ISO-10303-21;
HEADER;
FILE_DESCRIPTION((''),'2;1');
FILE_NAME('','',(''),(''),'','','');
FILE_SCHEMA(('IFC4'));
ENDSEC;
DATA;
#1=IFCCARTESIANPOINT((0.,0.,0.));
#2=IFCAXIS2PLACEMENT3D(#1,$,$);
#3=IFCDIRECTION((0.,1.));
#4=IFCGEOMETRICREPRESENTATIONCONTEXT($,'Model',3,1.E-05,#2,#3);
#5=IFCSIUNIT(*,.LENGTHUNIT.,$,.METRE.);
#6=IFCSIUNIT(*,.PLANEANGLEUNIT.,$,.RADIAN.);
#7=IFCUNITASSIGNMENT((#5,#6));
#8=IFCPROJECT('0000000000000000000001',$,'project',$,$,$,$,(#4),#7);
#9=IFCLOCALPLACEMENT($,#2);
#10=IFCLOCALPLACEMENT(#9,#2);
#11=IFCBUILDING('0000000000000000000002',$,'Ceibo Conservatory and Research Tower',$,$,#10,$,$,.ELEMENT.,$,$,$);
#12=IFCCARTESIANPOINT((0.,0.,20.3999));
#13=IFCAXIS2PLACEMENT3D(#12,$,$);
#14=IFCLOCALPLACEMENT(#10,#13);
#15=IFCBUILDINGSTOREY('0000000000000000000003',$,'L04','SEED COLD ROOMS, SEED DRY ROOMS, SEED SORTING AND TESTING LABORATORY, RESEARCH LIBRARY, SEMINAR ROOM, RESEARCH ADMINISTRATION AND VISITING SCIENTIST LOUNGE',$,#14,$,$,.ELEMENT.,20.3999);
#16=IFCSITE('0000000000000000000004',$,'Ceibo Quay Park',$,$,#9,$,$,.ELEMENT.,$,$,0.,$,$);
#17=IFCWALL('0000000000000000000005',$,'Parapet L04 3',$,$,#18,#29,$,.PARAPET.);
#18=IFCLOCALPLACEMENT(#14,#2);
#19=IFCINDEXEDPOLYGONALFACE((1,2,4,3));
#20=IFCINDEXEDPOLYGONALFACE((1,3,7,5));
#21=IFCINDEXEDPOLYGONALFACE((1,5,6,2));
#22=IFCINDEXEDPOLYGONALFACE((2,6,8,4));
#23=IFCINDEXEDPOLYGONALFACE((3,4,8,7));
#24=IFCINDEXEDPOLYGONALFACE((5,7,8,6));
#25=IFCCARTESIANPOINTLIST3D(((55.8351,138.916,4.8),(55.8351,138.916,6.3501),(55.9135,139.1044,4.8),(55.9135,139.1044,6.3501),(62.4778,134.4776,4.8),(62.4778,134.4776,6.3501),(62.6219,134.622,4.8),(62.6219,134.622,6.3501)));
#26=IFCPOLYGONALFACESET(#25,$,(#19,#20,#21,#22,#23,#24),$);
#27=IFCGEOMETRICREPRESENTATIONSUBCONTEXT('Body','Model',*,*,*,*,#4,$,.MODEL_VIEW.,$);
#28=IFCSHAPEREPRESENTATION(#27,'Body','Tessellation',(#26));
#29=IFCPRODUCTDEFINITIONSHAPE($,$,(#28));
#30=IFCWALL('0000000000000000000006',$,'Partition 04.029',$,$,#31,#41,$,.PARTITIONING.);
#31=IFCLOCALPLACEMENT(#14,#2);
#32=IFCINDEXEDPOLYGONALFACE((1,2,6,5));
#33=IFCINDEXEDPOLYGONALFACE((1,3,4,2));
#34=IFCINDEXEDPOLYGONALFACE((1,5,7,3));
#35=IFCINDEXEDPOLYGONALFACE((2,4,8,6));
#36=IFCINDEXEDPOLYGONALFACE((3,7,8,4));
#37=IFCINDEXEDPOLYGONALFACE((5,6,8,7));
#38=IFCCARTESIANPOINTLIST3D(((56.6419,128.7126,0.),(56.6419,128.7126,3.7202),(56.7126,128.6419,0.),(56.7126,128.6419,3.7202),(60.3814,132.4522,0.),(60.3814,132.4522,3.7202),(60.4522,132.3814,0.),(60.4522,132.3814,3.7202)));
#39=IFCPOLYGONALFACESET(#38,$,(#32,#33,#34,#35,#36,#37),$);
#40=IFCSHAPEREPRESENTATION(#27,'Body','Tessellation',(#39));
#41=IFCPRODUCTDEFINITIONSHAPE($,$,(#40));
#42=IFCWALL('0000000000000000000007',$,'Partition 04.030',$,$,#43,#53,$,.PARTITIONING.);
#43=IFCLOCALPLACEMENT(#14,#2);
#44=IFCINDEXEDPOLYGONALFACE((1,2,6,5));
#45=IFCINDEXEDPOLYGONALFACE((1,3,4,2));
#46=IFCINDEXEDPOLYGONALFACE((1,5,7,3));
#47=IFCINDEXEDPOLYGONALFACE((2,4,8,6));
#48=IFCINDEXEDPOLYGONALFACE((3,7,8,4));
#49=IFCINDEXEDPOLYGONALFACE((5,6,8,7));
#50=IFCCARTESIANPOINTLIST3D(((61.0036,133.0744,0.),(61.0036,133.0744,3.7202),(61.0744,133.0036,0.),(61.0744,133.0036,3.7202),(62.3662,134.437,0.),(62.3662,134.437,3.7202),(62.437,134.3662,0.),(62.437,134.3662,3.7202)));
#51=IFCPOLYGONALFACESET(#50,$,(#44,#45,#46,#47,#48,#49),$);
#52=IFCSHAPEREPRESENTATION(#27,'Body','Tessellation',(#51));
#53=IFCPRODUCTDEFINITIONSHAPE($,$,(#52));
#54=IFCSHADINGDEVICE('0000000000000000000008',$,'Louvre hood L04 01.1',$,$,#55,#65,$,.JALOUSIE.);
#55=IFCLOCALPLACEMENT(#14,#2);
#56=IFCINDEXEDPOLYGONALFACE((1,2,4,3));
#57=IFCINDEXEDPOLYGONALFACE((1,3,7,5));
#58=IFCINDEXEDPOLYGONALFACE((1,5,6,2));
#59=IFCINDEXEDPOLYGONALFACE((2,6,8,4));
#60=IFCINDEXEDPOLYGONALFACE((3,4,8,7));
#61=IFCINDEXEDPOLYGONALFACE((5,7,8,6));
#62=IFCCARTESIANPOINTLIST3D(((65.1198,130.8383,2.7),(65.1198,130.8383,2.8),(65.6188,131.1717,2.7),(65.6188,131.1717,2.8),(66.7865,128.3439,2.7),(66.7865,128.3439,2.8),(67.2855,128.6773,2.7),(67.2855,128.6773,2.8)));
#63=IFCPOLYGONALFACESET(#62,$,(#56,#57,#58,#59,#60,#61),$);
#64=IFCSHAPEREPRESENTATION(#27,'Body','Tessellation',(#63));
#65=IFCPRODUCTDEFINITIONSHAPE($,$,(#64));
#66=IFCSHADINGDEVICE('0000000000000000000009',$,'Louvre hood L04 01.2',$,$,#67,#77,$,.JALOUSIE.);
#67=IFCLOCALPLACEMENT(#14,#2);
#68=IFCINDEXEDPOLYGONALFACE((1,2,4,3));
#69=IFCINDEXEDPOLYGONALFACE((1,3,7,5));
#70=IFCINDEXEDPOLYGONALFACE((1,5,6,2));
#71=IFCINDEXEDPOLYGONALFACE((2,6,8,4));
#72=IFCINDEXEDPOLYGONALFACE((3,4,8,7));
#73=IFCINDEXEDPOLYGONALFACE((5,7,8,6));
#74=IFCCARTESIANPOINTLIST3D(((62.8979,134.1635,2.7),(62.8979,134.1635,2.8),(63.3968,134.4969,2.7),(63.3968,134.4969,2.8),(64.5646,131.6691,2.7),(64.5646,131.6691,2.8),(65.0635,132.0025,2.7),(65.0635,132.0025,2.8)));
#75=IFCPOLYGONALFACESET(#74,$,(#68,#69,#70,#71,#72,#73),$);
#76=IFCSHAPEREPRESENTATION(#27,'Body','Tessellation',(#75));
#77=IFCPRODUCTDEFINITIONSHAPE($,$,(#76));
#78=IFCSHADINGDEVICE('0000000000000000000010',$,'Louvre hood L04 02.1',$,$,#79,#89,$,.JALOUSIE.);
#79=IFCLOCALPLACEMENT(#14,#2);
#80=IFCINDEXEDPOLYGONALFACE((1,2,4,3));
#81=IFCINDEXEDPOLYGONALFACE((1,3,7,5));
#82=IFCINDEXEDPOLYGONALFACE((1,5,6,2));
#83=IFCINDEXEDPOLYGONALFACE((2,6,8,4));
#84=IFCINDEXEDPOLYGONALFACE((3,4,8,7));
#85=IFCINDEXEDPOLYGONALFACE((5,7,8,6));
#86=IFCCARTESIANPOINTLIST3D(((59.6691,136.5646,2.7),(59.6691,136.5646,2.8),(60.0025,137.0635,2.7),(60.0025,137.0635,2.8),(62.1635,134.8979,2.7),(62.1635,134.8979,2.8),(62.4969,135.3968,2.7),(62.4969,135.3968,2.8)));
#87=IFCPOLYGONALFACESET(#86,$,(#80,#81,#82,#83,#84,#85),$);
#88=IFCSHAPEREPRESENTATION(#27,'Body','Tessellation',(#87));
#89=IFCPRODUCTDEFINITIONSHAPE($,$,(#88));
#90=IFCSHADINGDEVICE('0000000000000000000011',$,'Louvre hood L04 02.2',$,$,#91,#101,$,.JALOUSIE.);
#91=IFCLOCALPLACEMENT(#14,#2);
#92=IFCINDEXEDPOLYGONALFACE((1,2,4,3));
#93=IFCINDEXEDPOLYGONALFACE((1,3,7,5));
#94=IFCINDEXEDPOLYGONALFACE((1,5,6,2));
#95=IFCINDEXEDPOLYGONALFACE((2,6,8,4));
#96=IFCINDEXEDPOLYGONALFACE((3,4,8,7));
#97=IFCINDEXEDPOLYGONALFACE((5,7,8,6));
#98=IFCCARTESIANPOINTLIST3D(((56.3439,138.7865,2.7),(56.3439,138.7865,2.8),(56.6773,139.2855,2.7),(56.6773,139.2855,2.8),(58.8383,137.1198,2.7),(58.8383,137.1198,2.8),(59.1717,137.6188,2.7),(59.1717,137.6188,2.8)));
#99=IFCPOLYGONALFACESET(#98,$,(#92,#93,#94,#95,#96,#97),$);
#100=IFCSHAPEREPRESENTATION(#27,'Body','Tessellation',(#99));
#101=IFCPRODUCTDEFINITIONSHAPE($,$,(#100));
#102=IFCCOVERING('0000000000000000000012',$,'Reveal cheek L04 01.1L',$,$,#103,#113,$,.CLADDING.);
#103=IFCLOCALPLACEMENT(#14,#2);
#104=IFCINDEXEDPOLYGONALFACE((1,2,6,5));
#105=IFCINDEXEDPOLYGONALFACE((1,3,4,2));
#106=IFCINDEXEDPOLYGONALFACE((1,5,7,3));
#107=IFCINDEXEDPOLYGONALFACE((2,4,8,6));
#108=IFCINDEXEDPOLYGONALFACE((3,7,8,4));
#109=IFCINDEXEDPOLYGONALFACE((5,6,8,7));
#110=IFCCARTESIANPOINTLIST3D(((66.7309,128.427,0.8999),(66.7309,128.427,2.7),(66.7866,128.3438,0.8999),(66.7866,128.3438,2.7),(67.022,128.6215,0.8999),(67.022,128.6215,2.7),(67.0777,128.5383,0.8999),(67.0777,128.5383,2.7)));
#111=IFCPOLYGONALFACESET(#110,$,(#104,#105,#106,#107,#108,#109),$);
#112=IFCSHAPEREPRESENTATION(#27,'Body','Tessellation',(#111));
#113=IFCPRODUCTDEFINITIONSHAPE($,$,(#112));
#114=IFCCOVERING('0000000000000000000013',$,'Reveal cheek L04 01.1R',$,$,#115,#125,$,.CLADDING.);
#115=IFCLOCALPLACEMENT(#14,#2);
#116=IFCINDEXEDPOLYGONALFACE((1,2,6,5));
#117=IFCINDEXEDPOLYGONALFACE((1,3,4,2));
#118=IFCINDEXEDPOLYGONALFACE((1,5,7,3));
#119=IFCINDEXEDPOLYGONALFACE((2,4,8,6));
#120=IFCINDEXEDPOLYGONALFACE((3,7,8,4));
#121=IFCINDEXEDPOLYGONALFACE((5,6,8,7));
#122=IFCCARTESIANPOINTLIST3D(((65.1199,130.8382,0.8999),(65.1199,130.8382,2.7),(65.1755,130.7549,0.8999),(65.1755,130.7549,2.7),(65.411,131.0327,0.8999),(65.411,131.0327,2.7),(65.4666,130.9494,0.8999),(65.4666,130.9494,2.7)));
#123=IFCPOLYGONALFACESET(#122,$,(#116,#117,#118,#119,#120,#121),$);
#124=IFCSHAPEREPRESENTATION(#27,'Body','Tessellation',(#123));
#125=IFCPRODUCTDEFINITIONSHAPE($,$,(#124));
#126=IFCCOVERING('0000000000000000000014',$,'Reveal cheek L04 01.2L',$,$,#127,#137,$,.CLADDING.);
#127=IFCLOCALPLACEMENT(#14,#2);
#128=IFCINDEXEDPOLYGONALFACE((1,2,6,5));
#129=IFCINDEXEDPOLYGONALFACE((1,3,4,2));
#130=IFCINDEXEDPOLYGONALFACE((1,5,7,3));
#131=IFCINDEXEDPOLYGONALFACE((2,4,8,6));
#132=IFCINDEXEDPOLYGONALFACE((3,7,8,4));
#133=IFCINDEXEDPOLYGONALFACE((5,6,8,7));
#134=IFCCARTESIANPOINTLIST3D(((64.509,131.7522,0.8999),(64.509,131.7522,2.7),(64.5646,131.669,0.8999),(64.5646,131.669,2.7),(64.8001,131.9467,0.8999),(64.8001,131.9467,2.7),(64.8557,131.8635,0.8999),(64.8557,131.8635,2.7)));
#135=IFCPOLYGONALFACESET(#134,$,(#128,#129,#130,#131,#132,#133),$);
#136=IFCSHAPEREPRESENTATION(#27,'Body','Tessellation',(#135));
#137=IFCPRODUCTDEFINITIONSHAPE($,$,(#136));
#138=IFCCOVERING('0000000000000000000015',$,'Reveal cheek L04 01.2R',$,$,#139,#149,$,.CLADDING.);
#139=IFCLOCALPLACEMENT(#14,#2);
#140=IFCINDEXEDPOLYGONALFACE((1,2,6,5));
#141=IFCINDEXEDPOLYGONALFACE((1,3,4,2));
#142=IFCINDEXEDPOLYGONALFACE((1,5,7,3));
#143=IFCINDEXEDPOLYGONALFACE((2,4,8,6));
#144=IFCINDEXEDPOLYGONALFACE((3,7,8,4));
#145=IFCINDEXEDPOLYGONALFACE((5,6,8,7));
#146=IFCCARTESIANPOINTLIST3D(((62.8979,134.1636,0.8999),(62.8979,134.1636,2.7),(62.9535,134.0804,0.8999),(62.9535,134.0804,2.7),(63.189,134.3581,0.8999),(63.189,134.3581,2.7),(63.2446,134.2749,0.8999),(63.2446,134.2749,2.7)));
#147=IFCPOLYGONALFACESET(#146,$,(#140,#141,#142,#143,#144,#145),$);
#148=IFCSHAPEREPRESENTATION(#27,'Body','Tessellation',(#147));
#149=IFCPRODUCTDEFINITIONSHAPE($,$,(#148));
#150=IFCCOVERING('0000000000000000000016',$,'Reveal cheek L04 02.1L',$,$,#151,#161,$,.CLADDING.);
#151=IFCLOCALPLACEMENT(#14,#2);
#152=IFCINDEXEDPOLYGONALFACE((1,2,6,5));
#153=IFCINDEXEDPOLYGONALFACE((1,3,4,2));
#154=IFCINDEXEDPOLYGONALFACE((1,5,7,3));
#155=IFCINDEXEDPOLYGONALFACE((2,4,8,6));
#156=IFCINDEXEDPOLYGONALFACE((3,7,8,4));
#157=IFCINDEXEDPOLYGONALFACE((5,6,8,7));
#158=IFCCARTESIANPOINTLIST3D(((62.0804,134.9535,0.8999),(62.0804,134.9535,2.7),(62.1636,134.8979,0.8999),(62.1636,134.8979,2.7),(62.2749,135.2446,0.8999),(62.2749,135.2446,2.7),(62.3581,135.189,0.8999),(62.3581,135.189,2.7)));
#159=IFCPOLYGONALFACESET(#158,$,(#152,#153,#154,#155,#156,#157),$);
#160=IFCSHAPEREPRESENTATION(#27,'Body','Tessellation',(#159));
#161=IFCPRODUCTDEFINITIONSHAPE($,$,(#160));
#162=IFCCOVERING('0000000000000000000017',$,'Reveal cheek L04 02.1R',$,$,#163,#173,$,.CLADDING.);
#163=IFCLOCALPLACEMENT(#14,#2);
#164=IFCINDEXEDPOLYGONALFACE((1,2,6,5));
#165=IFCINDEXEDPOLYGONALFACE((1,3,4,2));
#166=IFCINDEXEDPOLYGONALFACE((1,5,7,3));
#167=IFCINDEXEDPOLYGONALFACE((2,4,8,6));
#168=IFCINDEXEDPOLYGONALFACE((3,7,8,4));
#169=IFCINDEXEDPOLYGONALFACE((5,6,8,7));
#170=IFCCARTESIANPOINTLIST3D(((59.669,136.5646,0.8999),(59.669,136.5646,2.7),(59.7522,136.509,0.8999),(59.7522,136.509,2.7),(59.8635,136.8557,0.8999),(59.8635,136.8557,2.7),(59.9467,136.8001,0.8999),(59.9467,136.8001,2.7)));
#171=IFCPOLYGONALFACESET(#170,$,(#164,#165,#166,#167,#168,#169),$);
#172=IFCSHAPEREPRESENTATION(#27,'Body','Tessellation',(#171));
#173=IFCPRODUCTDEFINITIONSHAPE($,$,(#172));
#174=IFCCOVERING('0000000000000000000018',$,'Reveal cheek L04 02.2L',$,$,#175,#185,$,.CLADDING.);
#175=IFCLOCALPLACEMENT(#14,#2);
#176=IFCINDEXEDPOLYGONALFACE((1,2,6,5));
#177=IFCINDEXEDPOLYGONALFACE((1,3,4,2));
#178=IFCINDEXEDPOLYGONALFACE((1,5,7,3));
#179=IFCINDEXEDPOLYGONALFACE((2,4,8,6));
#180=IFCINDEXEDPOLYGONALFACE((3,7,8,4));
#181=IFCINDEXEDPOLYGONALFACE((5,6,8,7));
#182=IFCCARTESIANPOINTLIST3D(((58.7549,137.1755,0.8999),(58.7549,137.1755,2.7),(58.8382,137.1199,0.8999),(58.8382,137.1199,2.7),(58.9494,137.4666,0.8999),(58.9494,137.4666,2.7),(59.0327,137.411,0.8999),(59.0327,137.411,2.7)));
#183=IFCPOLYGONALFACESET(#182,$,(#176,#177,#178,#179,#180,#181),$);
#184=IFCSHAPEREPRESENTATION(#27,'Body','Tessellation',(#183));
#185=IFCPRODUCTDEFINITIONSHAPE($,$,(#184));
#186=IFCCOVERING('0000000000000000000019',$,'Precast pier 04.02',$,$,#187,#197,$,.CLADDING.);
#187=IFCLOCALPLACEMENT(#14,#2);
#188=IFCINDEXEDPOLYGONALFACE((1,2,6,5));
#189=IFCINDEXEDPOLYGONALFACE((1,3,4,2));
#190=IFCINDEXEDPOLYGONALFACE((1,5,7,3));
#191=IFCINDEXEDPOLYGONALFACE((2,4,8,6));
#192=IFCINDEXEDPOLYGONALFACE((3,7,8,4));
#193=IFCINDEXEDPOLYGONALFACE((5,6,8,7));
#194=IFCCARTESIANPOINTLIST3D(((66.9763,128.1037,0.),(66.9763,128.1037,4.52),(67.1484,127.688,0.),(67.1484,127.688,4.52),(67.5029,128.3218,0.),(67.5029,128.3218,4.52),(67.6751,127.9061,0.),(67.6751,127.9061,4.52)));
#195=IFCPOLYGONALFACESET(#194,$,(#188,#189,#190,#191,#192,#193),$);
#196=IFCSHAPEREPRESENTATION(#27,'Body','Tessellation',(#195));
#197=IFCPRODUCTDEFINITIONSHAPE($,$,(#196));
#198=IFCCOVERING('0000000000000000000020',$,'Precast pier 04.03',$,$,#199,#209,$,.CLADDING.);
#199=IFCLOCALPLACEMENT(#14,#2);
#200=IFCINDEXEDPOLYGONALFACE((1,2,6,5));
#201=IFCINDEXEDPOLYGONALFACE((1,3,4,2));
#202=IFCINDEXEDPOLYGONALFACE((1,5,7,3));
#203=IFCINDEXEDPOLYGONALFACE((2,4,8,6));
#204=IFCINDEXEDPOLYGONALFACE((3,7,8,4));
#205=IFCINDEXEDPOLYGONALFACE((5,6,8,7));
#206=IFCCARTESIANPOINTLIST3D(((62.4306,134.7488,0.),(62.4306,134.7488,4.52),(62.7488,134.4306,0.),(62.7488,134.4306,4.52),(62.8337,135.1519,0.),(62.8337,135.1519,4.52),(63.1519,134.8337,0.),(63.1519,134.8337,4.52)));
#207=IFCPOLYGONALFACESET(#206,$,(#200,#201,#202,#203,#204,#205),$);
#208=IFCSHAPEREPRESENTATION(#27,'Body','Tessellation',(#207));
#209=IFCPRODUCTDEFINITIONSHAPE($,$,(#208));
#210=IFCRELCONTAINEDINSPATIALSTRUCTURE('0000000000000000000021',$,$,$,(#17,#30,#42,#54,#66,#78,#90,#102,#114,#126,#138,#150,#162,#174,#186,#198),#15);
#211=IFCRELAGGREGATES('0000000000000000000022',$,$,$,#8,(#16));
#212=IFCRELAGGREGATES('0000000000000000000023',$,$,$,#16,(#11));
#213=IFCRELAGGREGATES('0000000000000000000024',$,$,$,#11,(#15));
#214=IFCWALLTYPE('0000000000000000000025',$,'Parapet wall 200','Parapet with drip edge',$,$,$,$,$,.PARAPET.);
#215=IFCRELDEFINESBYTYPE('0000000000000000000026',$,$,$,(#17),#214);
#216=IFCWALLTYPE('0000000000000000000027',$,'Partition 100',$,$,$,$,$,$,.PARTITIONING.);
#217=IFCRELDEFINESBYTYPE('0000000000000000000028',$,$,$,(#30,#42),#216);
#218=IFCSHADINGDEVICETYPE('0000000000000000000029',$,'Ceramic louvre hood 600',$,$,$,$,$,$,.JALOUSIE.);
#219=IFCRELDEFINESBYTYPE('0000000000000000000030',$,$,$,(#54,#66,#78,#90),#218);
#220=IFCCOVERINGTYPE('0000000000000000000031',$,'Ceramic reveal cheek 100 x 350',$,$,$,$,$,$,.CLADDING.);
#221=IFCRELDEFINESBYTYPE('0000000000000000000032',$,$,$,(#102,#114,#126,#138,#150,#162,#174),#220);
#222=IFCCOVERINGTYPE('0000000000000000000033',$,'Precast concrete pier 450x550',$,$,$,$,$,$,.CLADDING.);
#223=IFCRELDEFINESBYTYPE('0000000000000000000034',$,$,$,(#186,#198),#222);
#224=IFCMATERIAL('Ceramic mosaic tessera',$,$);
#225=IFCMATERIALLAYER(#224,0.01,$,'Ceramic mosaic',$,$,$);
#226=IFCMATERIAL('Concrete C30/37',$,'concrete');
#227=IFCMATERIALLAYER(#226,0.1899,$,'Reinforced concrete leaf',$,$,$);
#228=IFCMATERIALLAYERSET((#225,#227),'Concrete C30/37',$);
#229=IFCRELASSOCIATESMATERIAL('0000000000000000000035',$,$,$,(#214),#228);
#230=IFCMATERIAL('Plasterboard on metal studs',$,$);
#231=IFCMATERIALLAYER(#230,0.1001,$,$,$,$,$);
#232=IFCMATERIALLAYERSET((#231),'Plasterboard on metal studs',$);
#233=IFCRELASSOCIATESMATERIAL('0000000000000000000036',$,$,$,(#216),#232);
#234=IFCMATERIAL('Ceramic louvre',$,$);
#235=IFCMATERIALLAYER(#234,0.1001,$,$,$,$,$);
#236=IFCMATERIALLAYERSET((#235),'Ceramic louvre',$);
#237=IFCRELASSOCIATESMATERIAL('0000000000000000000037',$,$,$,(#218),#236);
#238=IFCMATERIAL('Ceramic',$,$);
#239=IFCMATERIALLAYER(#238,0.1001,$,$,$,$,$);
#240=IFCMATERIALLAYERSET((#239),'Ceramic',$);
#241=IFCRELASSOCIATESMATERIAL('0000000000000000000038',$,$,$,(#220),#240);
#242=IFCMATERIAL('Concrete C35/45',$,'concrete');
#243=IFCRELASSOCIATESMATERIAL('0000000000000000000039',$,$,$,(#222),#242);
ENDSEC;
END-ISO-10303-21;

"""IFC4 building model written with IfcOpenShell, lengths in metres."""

from ifc_helpers import new_model, si_unit, direction, frame, frame_2d, origin, origin_2d, place, context, subcontext, project, spatial, polyline, rectangle, outline, extrude, material, layer, layer_set, type_object, element, save


model = new_model("IFC4")

# Units and contexts
model_context = context("Model", 3, precision=1e-05, world=origin(), true_north=direction((0.0, 1.0)))
body_context = subcontext(model_context, "Body", "Model", "MODEL_VIEW")
ifc_project = project(units=[si_unit("LENGTHUNIT", "METRE"), si_unit("PLANEANGLEUNIT", "RADIAN")], contexts=[model_context])

# Site, building, storey
site_placement = place(None, origin())
site = spatial("IfcSite", under=ifc_project, at=site_placement, Name="Ceibo Quay Park", CompositionType="ELEMENT", RefElevation=0.0)
building_placement = place(site_placement, origin())
building = spatial("IfcBuilding", under=site, at=building_placement, Name="Ceibo Conservatory and Research Tower", CompositionType="ELEMENT")
storey_placement = place(building_placement, frame((0.0, 0.0, 20.3999)))
storey = spatial("IfcBuildingStorey", under=building, at=storey_placement, Name="L04", Description="SEED COLD ROOMS, SEED DRY ROOMS, SEED SORTING AND TESTING LABORATORY, RESEARCH LIBRARY, SEMINAR ROOM, RESEARCH ADMINISTRATION AND VISITING SCIENTIST LOUNGE", CompositionType="ELEMENT", Elevation=20.3999)

# Shared definitions
ifc_material_1 = material(Name="Concrete C35/45", Category="concrete")

# Shared definitions
ifc_material_2 = material(Name="Ceramic mosaic tessera")
ifc_material_3 = material(Name="Concrete C30/37", Category="concrete")

# Walls
ifc_layer_1 = layer(ifc_material_2, 0.01, Name="Ceramic mosaic")
ifc_layer_2 = layer(ifc_material_3, 0.1899, Name="Reinforced concrete leaf")
ifc_layer_set_1 = layer_set([ifc_layer_1, ifc_layer_2], Name="Concrete C30/37")
wall_type_1 = type_object("IfcWallType", Name="Parapet wall 200", Description="Parapet with drip edge", PredefinedType="PARAPET", material=ifc_layer_set_1)
wall_1_placement = place(storey_placement, frame((62.5498, 134.5498, 4.8), z_axis=(0.0, 0.0, 1.0), x_axis=(-0.83147, 0.55557, 0.0)))
element("IfcWall", 1, at=wall_1_placement, inside=storey, type_object=wall_type_1, Name="Parapet L04 3", PredefinedType="PARAPET", context=body_context, shape_type="SweptSolid", body=[
    extrude(outline(polyline([(-0.0198, -0.1001), (8.0483, -0.1001), (8.0088, 0.1001), (0.0198, 0.1001), (-0.0198, -0.1001)])), origin(), (0.0, 0.0, 1.0), 1.55),
])
ifc_material_4 = material(Name="Plasterboard on metal studs")
ifc_layer_3 = layer(ifc_material_4, 0.1001)
ifc_layer_set_2 = layer_set([ifc_layer_3], Name="Plasterboard on metal studs")
wall_type_2 = type_object("IfcWallType", Name="Partition 100", PredefinedType="PARTITIONING", material=ifc_layer_set_2)
wall_2_placement = place(storey_placement, frame((56.6772, 128.6772, 0.0), z_axis=(0.0, 0.0, 1.0), x_axis=(0.707107, 0.707107, 0.0)))
element("IfcWall", 2, at=wall_2_placement, inside=storey, type_object=wall_type_2, Name="Partition 04.029", PredefinedType="PARTITIONING", context=body_context, shape_type="SweptSolid", body=[
    extrude(rectangle(XDim=5.2886, YDim=0.1001, at=frame_2d((2.6443, 0.0))), origin(), (0.0, 0.0, 1.0), 3.7202),
])
wall_3_placement = place(storey_placement, frame((61.0391, 133.0391, 0.0), z_axis=(0.0, 0.0, 1.0), x_axis=(0.707107, 0.707107, 0.0)))
element("IfcWall", 3, at=wall_3_placement, inside=storey, type_object=wall_type_2, Name="Partition 04.030", PredefinedType="PARTITIONING", context=body_context, shape_type="SweptSolid", body=[
    extrude(rectangle(XDim=1.927, YDim=0.1001, at=frame_2d((0.9634, 0.0))), origin(), (0.0, 0.0, 1.0), 3.7202),
])

# Shading devices
ifc_material_5 = material(Name="Ceramic louvre")
ifc_layer_4 = layer(ifc_material_5, 0.1001)
ifc_layer_set_3 = layer_set([ifc_layer_4], Name="Ceramic louvre")
shading_device_type = type_object("IfcShadingDeviceType", Name="Ceramic louvre hood 600", PredefinedType="JALOUSIE", material=ifc_layer_set_3)
for number, where, z_axis, x_axis, name in (
    (4, (66.2026, 129.7578, 2.7), (0.0, 0.0, 1.0), (-0.55557, 0.83147, 0.0), "Louvre hood L04 01.1"),
    (5, (63.9807, 133.083, 2.7), (0.0, 0.0, 1.0), (-0.55557, 0.83147, 0.0), "Louvre hood L04 01.2"),
    (6, (61.083, 135.9807, 2.7), (0.0, 0.0, 1.0), (-0.83147, 0.55557, 0.0), "Louvre hood L04 02.1"),
    (7, (57.7578, 138.2026, 2.7), (0.0, 0.0, 1.0), (-0.83147, 0.55557, 0.0), "Louvre hood L04 02.2"),
):
    element("IfcShadingDevice", number, at=place(storey_placement, frame(where, z_axis=z_axis, x_axis=x_axis)), inside=storey, type_object=shading_device_type, Name=name, PredefinedType="JALOUSIE", context=body_context, shape_type="SweptSolid", body=[
        extrude(rectangle(XDim=3.0, YDim=0.6001, at=origin_2d()), origin(), (0.0, 0.0, 1.0), 0.1001),
    ])

# Coverings
ifc_material_6 = material(Name="Ceramic")
ifc_layer_5 = layer(ifc_material_6, 0.1001)
ifc_layer_set_4 = layer_set([ifc_layer_5], Name="Ceramic")
covering_type_1 = type_object("IfcCoveringType", Name="Ceramic reveal cheek 100 x 350", PredefinedType="CLADDING", material=ifc_layer_set_4)
for number, where, z_axis, x_axis, name in (
    (8, (66.9043, 128.4827, 0.8999), (0.0, 0.0, 1.0), (-0.55557, 0.83147, 0.0), "Reveal cheek L04 01.1L"),
    (9, (65.2932, 130.8938, 0.8999), (0.0, 0.0, 1.0), (-0.55557, 0.83147, 0.0), "Reveal cheek L04 01.1R"),
    (10, (64.6824, 131.8079, 0.8999), (0.0, 0.0, 1.0), (-0.55557, 0.83147, 0.0), "Reveal cheek L04 01.2L"),
    (11, (63.0713, 134.2192, 0.8999), (0.0, 0.0, 1.0), (-0.55557, 0.83147, 0.0), "Reveal cheek L04 01.2R"),
    (12, (62.2192, 135.0713, 0.8999), (0.0, 0.0, 1.0), (-0.83147, 0.55557, 0.0), "Reveal cheek L04 02.1L"),
    (13, (59.8079, 136.6824, 0.8999), (0.0, 0.0, 1.0), (-0.83147, 0.55557, 0.0), "Reveal cheek L04 02.1R"),
    (14, (58.8938, 137.2932, 0.8999), (0.0, 0.0, 1.0), (-0.83147, 0.55557, 0.0), "Reveal cheek L04 02.2L"),
):
    element("IfcCovering", number, at=place(storey_placement, frame(where, z_axis=z_axis, x_axis=x_axis)), inside=storey, type_object=covering_type_1, Name=name, PredefinedType="CLADDING", context=body_context, shape_type="SweptSolid", body=[
        extrude(rectangle(XDim=0.1001, YDim=0.3501, at=origin_2d()), origin(), (0.0, 0.0, 1.0), 1.8),
    ])
covering_type_2 = type_object("IfcCoveringType", Name="Precast concrete pier 450x550", PredefinedType="CLADDING", material=ifc_material_1)
for number, where, z_axis, x_axis, name in (
    (15, (67.3257, 128.0049, 0.0), (0.0, 0.0, 1.0), (0.92388, 0.382683, 0.0), "Precast pier 04.02"),
    (16, (62.7913, 134.7913, 0.0), (0.0, 0.0, 1.0), (0.707107, 0.707107, 0.0), "Precast pier 04.03"),
):
    element("IfcCovering", number, at=place(storey_placement, frame(where, z_axis=z_axis, x_axis=x_axis)), inside=storey, type_object=covering_type_2, Name=name, PredefinedType="CLADDING", context=body_context, shape_type="SweptSolid", body=[
        extrude(rectangle(XDim=0.5701, YDim=0.45, at=origin_2d()), origin(), (0.0, 0.0, 1.0), 4.52),
    ])

save(model, "model.ifc")
